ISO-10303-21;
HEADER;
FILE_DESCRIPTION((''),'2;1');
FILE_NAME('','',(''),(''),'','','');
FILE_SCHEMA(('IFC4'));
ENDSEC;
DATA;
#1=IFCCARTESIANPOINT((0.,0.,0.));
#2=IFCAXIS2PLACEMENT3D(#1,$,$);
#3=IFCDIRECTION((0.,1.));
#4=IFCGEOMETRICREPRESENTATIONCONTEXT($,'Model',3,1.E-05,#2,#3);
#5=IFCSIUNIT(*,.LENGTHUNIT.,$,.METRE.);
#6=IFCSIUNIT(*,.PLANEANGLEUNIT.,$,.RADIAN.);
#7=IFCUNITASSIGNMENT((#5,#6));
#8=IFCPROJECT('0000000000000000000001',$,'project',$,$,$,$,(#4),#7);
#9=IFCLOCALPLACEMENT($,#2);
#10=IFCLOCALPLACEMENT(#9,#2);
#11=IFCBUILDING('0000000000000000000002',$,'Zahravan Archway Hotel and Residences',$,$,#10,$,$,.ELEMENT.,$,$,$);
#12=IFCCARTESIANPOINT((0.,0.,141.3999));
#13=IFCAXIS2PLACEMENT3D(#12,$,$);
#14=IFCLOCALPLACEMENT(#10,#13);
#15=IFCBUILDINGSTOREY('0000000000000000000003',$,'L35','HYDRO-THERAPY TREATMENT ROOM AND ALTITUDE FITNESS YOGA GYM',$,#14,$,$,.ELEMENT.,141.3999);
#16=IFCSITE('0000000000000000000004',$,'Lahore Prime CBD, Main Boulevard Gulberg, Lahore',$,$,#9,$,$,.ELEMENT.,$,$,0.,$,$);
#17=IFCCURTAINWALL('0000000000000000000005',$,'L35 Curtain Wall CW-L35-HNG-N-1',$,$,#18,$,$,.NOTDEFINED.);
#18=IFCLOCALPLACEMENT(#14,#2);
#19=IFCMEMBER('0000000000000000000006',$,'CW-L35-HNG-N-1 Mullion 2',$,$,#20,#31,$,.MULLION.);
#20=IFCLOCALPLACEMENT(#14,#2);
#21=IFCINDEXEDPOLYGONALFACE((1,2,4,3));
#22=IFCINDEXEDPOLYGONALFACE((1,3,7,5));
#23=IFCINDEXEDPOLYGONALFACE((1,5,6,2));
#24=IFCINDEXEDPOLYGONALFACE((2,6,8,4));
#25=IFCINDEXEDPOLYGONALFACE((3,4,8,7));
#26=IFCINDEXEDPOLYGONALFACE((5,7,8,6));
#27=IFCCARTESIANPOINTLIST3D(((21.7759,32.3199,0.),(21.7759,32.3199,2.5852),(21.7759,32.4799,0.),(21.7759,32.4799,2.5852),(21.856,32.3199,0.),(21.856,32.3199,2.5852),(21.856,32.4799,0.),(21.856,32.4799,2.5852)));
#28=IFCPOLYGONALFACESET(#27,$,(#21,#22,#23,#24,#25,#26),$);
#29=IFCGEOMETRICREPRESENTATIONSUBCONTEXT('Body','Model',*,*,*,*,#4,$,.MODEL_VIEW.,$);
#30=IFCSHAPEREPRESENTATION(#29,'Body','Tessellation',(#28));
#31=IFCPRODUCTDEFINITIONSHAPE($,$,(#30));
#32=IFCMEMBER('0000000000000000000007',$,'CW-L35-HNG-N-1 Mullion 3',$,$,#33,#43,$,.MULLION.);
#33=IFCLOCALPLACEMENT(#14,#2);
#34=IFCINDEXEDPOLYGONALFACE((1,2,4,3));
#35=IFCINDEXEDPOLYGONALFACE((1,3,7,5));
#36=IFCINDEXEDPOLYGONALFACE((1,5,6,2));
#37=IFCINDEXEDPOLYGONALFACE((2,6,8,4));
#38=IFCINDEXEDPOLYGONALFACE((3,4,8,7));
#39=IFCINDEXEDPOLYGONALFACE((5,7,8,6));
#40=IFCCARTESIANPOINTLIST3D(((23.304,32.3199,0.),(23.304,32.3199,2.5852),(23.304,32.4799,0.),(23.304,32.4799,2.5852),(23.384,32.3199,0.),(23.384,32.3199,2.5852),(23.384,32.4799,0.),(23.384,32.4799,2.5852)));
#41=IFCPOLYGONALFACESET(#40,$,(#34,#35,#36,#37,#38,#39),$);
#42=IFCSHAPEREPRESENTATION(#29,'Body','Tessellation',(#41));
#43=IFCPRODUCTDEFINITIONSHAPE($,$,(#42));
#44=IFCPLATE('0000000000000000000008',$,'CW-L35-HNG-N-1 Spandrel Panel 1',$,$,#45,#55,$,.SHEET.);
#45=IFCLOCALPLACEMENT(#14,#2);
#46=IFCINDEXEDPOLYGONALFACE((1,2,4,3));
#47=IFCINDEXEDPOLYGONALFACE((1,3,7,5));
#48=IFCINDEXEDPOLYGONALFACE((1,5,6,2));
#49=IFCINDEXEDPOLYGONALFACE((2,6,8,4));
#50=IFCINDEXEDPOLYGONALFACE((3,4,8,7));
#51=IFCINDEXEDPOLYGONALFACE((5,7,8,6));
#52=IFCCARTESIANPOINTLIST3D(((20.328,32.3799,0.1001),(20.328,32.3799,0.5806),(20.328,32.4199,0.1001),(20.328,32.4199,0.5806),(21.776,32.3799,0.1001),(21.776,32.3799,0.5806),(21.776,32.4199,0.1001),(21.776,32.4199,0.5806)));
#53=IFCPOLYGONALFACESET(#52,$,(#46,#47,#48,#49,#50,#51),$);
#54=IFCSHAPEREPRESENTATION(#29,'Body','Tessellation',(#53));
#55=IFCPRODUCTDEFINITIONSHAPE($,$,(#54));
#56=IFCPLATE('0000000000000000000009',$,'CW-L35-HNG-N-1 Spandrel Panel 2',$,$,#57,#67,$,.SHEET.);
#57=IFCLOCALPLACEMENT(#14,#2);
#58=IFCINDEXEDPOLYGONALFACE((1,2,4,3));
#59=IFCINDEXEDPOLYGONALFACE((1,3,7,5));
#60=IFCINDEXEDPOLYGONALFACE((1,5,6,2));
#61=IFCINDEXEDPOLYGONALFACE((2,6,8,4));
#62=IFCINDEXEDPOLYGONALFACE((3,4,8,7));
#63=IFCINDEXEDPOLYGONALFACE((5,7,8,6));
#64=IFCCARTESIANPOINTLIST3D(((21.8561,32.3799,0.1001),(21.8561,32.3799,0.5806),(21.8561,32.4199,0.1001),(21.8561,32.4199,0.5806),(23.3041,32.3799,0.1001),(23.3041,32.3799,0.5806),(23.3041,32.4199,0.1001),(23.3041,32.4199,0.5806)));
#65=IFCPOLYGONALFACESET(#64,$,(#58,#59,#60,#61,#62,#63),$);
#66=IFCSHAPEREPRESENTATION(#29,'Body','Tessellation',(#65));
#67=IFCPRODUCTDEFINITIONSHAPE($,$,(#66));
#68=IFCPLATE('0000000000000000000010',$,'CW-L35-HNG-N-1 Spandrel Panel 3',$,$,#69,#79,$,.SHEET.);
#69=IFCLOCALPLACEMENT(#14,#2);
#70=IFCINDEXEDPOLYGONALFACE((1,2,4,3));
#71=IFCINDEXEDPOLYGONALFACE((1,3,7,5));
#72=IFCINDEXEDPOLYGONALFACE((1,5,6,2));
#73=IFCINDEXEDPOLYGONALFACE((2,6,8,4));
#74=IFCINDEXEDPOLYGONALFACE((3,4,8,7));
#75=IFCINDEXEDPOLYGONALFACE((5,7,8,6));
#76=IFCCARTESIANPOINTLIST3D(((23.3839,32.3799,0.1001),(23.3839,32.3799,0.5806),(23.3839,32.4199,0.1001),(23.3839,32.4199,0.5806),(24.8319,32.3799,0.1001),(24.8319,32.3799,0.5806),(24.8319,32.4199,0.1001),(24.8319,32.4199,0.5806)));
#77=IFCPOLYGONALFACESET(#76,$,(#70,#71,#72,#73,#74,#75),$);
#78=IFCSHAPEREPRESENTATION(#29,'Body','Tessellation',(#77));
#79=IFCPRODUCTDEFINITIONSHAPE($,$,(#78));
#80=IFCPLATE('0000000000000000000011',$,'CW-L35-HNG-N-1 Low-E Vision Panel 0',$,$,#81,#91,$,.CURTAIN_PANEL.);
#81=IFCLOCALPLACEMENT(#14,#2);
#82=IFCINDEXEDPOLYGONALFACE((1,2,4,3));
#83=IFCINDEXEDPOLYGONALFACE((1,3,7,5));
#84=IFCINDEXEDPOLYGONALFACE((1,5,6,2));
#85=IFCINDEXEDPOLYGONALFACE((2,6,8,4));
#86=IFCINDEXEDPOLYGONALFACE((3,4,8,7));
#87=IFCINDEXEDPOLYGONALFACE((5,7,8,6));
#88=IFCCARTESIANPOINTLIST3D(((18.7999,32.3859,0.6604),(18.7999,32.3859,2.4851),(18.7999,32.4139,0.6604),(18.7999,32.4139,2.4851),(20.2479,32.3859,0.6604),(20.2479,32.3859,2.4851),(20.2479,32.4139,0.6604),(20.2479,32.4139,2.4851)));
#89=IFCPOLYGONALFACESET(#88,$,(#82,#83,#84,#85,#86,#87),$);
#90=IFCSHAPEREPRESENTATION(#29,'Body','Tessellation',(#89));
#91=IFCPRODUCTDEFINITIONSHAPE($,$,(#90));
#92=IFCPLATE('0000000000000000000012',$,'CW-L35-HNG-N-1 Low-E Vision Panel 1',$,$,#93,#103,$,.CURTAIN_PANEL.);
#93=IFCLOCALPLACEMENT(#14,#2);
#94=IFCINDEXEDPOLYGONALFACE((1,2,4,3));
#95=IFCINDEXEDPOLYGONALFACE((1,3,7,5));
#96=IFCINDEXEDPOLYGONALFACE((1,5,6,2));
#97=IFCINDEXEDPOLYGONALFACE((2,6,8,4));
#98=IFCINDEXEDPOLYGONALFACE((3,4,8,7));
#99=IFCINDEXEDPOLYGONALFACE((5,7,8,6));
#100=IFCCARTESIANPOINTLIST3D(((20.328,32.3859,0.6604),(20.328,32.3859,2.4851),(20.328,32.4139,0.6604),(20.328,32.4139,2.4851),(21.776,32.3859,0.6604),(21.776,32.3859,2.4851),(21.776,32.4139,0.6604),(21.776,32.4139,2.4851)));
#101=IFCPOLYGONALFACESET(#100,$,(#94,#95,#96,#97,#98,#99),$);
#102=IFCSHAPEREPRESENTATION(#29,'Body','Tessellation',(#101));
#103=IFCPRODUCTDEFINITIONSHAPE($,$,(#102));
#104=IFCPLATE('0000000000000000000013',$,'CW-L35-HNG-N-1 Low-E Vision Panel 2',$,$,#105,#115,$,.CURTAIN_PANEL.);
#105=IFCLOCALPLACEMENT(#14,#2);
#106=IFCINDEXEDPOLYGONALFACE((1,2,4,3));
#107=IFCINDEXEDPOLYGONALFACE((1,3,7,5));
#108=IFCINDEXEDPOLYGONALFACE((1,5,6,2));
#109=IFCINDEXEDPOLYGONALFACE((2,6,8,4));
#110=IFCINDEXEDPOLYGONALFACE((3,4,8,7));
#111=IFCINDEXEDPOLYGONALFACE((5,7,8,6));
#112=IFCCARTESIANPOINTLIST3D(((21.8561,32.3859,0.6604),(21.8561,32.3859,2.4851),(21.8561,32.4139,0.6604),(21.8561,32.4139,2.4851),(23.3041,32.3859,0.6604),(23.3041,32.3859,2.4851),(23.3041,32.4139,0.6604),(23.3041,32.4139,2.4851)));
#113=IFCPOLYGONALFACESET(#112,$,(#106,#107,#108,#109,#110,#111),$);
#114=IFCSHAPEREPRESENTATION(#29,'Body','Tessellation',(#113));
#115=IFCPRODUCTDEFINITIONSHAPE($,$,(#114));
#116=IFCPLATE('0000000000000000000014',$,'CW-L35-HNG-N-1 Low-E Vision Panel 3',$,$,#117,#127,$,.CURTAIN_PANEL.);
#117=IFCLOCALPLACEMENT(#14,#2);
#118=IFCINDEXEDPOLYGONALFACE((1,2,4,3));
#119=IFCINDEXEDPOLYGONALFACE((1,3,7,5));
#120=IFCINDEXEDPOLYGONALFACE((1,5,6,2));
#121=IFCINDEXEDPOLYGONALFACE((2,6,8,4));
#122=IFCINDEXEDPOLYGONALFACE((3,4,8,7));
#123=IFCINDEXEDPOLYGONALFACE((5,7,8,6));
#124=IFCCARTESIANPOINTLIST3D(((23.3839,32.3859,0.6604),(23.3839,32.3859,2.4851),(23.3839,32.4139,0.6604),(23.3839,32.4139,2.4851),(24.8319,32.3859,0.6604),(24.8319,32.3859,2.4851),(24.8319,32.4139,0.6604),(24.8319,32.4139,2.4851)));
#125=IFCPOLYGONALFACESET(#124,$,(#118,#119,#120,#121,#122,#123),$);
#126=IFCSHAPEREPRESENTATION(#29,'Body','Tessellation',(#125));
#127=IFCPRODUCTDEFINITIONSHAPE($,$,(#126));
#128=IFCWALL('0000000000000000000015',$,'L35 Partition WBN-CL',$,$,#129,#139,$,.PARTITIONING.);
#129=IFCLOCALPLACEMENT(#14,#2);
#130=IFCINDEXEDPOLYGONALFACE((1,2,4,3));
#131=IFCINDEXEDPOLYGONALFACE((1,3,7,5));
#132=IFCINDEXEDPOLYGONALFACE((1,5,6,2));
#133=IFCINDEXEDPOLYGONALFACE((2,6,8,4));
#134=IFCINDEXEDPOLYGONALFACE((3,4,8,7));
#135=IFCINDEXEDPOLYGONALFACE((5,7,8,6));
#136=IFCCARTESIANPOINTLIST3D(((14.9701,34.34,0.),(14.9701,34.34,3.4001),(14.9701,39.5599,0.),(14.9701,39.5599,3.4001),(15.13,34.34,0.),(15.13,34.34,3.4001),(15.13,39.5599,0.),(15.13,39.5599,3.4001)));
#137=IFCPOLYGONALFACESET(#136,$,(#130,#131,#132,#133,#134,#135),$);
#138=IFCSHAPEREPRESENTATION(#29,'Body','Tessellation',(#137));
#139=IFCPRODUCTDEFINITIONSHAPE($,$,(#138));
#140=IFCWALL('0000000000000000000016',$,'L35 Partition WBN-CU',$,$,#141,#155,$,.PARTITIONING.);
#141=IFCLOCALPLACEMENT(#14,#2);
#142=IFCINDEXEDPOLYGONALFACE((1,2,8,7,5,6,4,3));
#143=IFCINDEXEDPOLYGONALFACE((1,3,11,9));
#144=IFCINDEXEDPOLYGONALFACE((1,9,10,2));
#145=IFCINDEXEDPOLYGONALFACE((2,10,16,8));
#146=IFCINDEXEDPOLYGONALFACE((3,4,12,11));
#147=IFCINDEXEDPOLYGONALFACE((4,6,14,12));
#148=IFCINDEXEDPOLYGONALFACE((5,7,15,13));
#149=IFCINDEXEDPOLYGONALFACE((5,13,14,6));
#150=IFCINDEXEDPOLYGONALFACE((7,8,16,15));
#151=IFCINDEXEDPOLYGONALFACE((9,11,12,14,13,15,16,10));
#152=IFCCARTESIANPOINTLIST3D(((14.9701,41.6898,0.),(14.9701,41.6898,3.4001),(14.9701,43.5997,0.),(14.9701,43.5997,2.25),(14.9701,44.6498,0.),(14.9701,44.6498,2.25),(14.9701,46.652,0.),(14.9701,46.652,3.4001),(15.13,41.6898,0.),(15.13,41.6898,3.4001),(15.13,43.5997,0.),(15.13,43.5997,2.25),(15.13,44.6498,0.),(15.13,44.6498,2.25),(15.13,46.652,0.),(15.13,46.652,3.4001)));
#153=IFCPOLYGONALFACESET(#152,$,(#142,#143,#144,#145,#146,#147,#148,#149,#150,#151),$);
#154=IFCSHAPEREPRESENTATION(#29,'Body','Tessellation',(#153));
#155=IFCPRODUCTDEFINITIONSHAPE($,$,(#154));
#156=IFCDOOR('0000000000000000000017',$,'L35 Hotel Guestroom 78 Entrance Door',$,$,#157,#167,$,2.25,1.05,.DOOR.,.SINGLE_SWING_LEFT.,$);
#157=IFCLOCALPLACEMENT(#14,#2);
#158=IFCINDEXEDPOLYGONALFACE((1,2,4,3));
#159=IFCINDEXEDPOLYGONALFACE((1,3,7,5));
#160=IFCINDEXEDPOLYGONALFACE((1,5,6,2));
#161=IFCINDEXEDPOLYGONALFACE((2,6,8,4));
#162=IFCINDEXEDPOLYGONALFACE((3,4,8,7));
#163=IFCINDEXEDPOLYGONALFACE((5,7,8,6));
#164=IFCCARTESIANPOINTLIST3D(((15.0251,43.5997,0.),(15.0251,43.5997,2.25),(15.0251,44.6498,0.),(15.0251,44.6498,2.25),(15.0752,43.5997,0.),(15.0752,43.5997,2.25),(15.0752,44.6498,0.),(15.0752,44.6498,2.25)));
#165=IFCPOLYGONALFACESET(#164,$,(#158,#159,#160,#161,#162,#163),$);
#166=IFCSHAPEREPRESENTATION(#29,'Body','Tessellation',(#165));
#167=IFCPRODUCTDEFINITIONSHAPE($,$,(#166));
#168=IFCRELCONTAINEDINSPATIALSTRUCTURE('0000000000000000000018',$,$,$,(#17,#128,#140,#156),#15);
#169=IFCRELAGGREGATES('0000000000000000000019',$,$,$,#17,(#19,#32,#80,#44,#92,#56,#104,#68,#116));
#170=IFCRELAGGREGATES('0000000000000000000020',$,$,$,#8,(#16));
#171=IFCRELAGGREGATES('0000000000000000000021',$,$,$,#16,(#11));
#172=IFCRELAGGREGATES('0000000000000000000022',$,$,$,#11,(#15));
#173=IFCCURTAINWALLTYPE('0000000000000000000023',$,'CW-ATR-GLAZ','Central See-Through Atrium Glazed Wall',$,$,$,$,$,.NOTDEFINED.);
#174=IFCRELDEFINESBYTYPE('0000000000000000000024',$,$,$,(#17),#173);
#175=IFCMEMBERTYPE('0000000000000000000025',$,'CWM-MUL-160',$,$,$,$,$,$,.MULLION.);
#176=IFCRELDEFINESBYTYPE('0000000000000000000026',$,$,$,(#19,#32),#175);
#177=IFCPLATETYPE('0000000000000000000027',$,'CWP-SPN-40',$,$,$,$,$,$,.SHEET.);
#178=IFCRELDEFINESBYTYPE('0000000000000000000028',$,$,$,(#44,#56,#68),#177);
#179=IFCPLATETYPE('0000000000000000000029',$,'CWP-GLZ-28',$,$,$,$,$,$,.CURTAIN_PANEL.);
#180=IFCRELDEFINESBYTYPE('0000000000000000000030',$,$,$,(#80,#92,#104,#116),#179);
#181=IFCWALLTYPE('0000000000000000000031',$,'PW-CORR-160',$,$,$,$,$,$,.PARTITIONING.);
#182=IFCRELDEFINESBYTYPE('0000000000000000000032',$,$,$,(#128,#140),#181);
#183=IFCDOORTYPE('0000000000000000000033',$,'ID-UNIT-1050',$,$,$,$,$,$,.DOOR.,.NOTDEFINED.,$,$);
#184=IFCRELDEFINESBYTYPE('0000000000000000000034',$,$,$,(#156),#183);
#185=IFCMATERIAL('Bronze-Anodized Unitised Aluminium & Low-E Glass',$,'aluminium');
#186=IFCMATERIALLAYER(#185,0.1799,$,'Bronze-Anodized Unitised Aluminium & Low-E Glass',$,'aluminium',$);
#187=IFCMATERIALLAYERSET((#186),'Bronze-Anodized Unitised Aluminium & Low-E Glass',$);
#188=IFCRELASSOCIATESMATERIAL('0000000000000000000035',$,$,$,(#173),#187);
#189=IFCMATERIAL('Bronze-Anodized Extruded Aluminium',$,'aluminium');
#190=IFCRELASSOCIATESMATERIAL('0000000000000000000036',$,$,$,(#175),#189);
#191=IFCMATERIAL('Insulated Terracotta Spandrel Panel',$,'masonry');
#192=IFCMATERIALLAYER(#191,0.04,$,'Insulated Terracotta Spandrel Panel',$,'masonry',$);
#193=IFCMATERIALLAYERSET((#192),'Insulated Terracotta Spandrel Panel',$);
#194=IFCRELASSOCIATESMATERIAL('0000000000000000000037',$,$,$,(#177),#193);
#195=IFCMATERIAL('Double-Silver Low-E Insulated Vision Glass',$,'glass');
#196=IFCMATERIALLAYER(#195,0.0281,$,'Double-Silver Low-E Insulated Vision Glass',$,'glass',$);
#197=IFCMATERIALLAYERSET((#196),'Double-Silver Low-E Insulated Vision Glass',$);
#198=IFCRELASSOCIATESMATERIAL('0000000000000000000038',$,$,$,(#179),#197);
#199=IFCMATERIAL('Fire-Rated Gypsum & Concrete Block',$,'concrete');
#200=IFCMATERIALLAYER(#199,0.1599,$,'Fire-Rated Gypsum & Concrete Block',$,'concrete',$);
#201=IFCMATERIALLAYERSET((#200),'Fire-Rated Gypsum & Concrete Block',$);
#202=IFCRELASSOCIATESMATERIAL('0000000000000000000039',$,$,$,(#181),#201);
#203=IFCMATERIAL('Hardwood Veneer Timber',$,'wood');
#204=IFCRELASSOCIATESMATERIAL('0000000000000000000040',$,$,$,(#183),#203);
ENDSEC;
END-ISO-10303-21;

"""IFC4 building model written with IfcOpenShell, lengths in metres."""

from ifc_helpers import new_model, si_unit, direction, frame, frame_2d, origin, origin_2d, place, context, subcontext, project, spatial, rectangle, extrude, source, transform, mapped, material, layer, layer_set, material_profile, profile_set, type_object, type_shapes, element, fill, aggregate, save


model = new_model("IFC4")

# Units and contexts
model_context = context("Model", 3, precision=1e-05, world=origin(), true_north=direction((0.0, 1.0)))
body_context = subcontext(model_context, "Body", "Model", "MODEL_VIEW")
ifc_project = project(units=[si_unit("LENGTHUNIT", "METRE"), si_unit("PLANEANGLEUNIT", "RADIAN")], contexts=[model_context])

# Site, building, storey
site_placement = place(None, origin())
site = spatial("IfcSite", under=ifc_project, at=site_placement, Name="Lahore Prime CBD, Main Boulevard Gulberg, Lahore", CompositionType="ELEMENT", RefElevation=0.0)
building_placement = place(site_placement, origin())
building = spatial("IfcBuilding", under=site, at=building_placement, Name="Zahravan Archway Hotel and Residences", CompositionType="ELEMENT")
storey_placement = place(building_placement, frame((0.0, 0.0, 141.3999)))
storey = spatial("IfcBuildingStorey", under=building, at=storey_placement, Name="L35", Description="HYDRO-THERAPY TREATMENT ROOM AND ALTITUDE FITNESS YOGA GYM", CompositionType="ELEMENT", Elevation=141.3999)

# Curtain wall, members, plates
ifc_material_1 = material(Name="Bronze-Anodized Unitised Aluminium & Low-E Glass", Category="aluminium")
ifc_layer_1 = layer(ifc_material_1, 0.1799, Name="Bronze-Anodized Unitised Aluminium & Low-E Glass", Category="aluminium")
ifc_layer_set_1 = layer_set([ifc_layer_1], Name="Bronze-Anodized Unitised Aluminium & Low-E Glass")
curtain_wall_type = type_object("IfcCurtainWallType", Name="CW-ATR-GLAZ", Description="Central See-Through Atrium Glazed Wall", PredefinedType="NOTDEFINED", material=ifc_layer_set_1)
curtain_wall_placement = place(storey_placement, origin())
curtain_wall = element("IfcCurtainWall", 1, at=curtain_wall_placement, inside=storey, type_object=curtain_wall_type, Name="L35 Curtain Wall CW-L35-HNG-N-1", PredefinedType="NOTDEFINED")
ifc_material_2 = material(Name="Bronze-Anodized Extruded Aluminium", Category="aluminium")
ifc_material_profile_1 = material_profile(ifc_material_2, rectangle(XDim=0.0801, YDim=0.1599, at=origin_2d()), Name="MUL 80x160", Category="aluminium")
ifc_profile_set_1 = profile_set([ifc_material_profile_1], Name="Bronze-Anodized Extruded Aluminium")
member_type_1 = type_object("IfcMemberType", Name="CWM-MUL-160", PredefinedType="MULLION", material=ifc_profile_set_1)
shared_shape_1 = source(origin(), body_context, "Body", "SweptSolid", [
    extrude(rectangle(XDim=0.0801, YDim=0.1599, at=origin_2d()), origin(), (0.0, 0.0, 1.0), 2.5852),
])
member_1_placement = place(storey_placement, frame((21.8159, 32.3999, 0.0), z_axis=(0.0, 0.0, 1.0), x_axis=(1.0, 0.0, 0.0)))
member_1 = element("IfcMember", 2, at=member_1_placement, type_object=member_type_1, Name="CW-L35-HNG-N-1 Mullion 2", PredefinedType="MULLION", context=body_context, shape_type="MappedRepresentation", body=[
    mapped(shared_shape_1, transform((0.0, 0.0, 0.0), scale=1.0)),
])
member_2_placement = place(storey_placement, frame((23.344, 32.3999, 0.0), z_axis=(0.0, 0.0, 1.0), x_axis=(1.0, 0.0, 0.0)))
member_2 = element("IfcMember", 3, at=member_2_placement, type_object=member_type_1, Name="CW-L35-HNG-N-1 Mullion 3", PredefinedType="MULLION", context=body_context, shape_type="MappedRepresentation", body=[
    mapped(shared_shape_1, transform((0.0, 0.0, 0.0), scale=1.0)),
])
ifc_material_3 = material(Name="Insulated Terracotta Spandrel Panel", Category="masonry")
ifc_layer_2 = layer(ifc_material_3, 0.04, Name="Insulated Terracotta Spandrel Panel", Category="masonry")
ifc_layer_set_2 = layer_set([ifc_layer_2], Name="Insulated Terracotta Spandrel Panel")
plate_type_1 = type_object("IfcPlateType", Name="CWP-SPN-40", PredefinedType="SHEET", material=ifc_layer_set_2)
shared_shape_2 = source(origin(), body_context, "Body", "SweptSolid", [
    extrude(rectangle(XDim=1.448, YDim=0.04, at=origin_2d()), origin(), (0.0, 0.0, 1.0), 0.4805),
])
plate_1_placement = place(storey_placement, frame((21.052, 32.3999, 0.1001), z_axis=(0.0, 0.0, 1.0), x_axis=(1.0, 0.0, 0.0)))
plate_1 = element("IfcPlate", 4, at=plate_1_placement, type_object=plate_type_1, Name="CW-L35-HNG-N-1 Spandrel Panel 1", PredefinedType="SHEET", context=body_context, shape_type="MappedRepresentation", body=[
    mapped(shared_shape_2, transform((0.0, 0.0, 0.0), scale=1.0)),
])
plate_2_placement = place(storey_placement, frame((22.5801, 32.3999, 0.1001), z_axis=(0.0, 0.0, 1.0), x_axis=(1.0, 0.0, 0.0)))
plate_2 = element("IfcPlate", 5, at=plate_2_placement, type_object=plate_type_1, Name="CW-L35-HNG-N-1 Spandrel Panel 2", PredefinedType="SHEET", context=body_context, shape_type="MappedRepresentation", body=[
    mapped(shared_shape_2, transform((0.0, 0.0, 0.0), scale=1.0)),
])
plate_3_placement = place(storey_placement, frame((24.1079, 32.3999, 0.1001), z_axis=(0.0, 0.0, 1.0), x_axis=(1.0, 0.0, 0.0)))
plate_3 = element("IfcPlate", 6, at=plate_3_placement, type_object=plate_type_1, Name="CW-L35-HNG-N-1 Spandrel Panel 3", PredefinedType="SHEET", context=body_context, shape_type="MappedRepresentation", body=[
    mapped(shared_shape_2, transform((0.0, 0.0, 0.0), scale=1.0)),
])
ifc_material_4 = material(Name="Double-Silver Low-E Insulated Vision Glass", Category="glass")
ifc_layer_3 = layer(ifc_material_4, 0.0281, Name="Double-Silver Low-E Insulated Vision Glass", Category="glass")
ifc_layer_set_3 = layer_set([ifc_layer_3], Name="Double-Silver Low-E Insulated Vision Glass")
plate_type_2 = type_object("IfcPlateType", Name="CWP-GLZ-28", PredefinedType="CURTAIN_PANEL", material=ifc_layer_set_3)
shared_shape_3 = source(origin(), body_context, "Body", "SweptSolid", [
    extrude(rectangle(XDim=1.448, YDim=0.0281, at=origin_2d()), origin(), (0.0, 0.0, 1.0), 1.8247),
])
plate_4_placement = place(storey_placement, frame((19.5239, 32.3999, 0.6604), z_axis=(0.0, 0.0, 1.0), x_axis=(1.0, 0.0, 0.0)))
plate_4 = element("IfcPlate", 7, at=plate_4_placement, type_object=plate_type_2, Name="CW-L35-HNG-N-1 Low-E Vision Panel 0", PredefinedType="CURTAIN_PANEL", context=body_context, shape_type="MappedRepresentation", body=[
    mapped(shared_shape_3, transform((0.0, 0.0, 0.0), scale=1.0)),
])
plate_5_placement = place(storey_placement, frame((21.052, 32.3999, 0.6604), z_axis=(0.0, 0.0, 1.0), x_axis=(1.0, 0.0, 0.0)))
plate_5 = element("IfcPlate", 8, at=plate_5_placement, type_object=plate_type_2, Name="CW-L35-HNG-N-1 Low-E Vision Panel 1", PredefinedType="CURTAIN_PANEL", context=body_context, shape_type="MappedRepresentation", body=[
    mapped(shared_shape_3, transform((0.0, 0.0, 0.0), scale=1.0)),
])
plate_6_placement = place(storey_placement, frame((22.5801, 32.3999, 0.6604), z_axis=(0.0, 0.0, 1.0), x_axis=(1.0, 0.0, 0.0)))
plate_6 = element("IfcPlate", 9, at=plate_6_placement, type_object=plate_type_2, Name="CW-L35-HNG-N-1 Low-E Vision Panel 2", PredefinedType="CURTAIN_PANEL", context=body_context, shape_type="MappedRepresentation", body=[
    mapped(shared_shape_3, transform((0.0, 0.0, 0.0), scale=1.0)),
])
plate_7_placement = place(storey_placement, frame((24.1079, 32.3999, 0.6604), z_axis=(0.0, 0.0, 1.0), x_axis=(1.0, 0.0, 0.0)))
plate_7 = element("IfcPlate", 10, at=plate_7_placement, type_object=plate_type_2, Name="CW-L35-HNG-N-1 Low-E Vision Panel 3", PredefinedType="CURTAIN_PANEL", context=body_context, shape_type="MappedRepresentation", body=[
    mapped(shared_shape_3, transform((0.0, 0.0, 0.0), scale=1.0)),
])
aggregate(curtain_wall, [member_1, member_2, plate_4, plate_1, plate_5, plate_2, plate_6, plate_3, plate_7])

# Wall
ifc_material_5 = material(Name="Fire-Rated Gypsum & Concrete Block", Category="concrete")
ifc_layer_4 = layer(ifc_material_5, 0.1599, Name="Fire-Rated Gypsum & Concrete Block", Category="concrete")
ifc_layer_set_4 = layer_set([ifc_layer_4], Name="Fire-Rated Gypsum & Concrete Block")
wall_type = type_object("IfcWallType", Name="PW-CORR-160", PredefinedType="PARTITIONING", material=ifc_layer_set_4)
wall_1_placement = place(storey_placement, frame((15.05, 34.3401, 0.0), z_axis=(0.0, 0.0, 1.0), x_axis=(0.0, 1.0, 0.0)))
element("IfcWall", 11, at=wall_1_placement, inside=storey, type_object=wall_type, Name="L35 Partition WBN-CL", PredefinedType="PARTITIONING", context=body_context, shape_type="SweptSolid", body=[
    extrude(rectangle(XDim=5.22, YDim=0.1599, at=frame_2d((2.6099, 0.0))), origin(), (0.0, 0.0, 1.0), 3.4001),
])

# Wall, opening, door
wall_2_placement = place(storey_placement, frame((15.05, 41.6899, 0.0), z_axis=(0.0, 0.0, 1.0), x_axis=(0.0, 1.0, 0.0)))
wall_2 = element("IfcWall", 12, at=wall_2_placement, inside=storey, type_object=wall_type, Name="L35 Partition WBN-CU", PredefinedType="PARTITIONING", context=body_context, shape_type="SweptSolid", body=[
    extrude(rectangle(XDim=4.9622, YDim=0.1599, at=frame_2d((2.481, 0.0))), origin(), (0.0, 0.0, 1.0), 3.4001),
])
opening_placement = place(wall_2_placement, frame((1.9099, 0.0, 0.0)))
opening = element("IfcOpeningElement", 13, at=opening_placement, cuts=wall_2, PredefinedType="OPENING", context=body_context, shape_type="SweptSolid", body=[
    extrude(rectangle(XDim=1.05, YDim=2.25, at=frame_2d((0.5249, 1.125))), frame((0.0, 0.0898, 0.0), z_axis=(0.0, -1.0, 0.0), x_axis=(1.0, 0.0, 0.0)), (0.0, 0.0, 1.0), 0.1799),
])
ifc_material_6 = material(Name="Hardwood Veneer Timber", Category="wood")
door_type = type_object("IfcDoorType", Name="ID-UNIT-1050", OperationType="NOTDEFINED", PredefinedType="DOOR", material=ifc_material_6)
shared_shape_4 = source(origin(), body_context, "Body", "SweptSolid", [
    extrude(rectangle(XDim=1.05, YDim=2.25, at=frame_2d((0.5249, 1.125))), frame((0.0, 0.0249, 0.0), z_axis=(0.0, -1.0, 0.0), x_axis=(1.0, 0.0, 0.0)), (0.0, 0.0, 1.0), 0.05),
])
type_shapes(door_type, [shared_shape_4])
door_placement = place(opening_placement, origin())
door = element("IfcDoor", 14, at=door_placement, inside=storey, type_object=door_type, Name="L35 Hotel Guestroom 78 Entrance Door", OperationType="SINGLE_SWING_LEFT", OverallHeight=2.25, OverallWidth=1.05, PredefinedType="DOOR", context=body_context, shape_type="MappedRepresentation", body=[
    mapped(shared_shape_4, transform((0.0, 0.0, 0.0), scale=1.0)),
])
fill(opening, door)

save(model, "model.ifc")
